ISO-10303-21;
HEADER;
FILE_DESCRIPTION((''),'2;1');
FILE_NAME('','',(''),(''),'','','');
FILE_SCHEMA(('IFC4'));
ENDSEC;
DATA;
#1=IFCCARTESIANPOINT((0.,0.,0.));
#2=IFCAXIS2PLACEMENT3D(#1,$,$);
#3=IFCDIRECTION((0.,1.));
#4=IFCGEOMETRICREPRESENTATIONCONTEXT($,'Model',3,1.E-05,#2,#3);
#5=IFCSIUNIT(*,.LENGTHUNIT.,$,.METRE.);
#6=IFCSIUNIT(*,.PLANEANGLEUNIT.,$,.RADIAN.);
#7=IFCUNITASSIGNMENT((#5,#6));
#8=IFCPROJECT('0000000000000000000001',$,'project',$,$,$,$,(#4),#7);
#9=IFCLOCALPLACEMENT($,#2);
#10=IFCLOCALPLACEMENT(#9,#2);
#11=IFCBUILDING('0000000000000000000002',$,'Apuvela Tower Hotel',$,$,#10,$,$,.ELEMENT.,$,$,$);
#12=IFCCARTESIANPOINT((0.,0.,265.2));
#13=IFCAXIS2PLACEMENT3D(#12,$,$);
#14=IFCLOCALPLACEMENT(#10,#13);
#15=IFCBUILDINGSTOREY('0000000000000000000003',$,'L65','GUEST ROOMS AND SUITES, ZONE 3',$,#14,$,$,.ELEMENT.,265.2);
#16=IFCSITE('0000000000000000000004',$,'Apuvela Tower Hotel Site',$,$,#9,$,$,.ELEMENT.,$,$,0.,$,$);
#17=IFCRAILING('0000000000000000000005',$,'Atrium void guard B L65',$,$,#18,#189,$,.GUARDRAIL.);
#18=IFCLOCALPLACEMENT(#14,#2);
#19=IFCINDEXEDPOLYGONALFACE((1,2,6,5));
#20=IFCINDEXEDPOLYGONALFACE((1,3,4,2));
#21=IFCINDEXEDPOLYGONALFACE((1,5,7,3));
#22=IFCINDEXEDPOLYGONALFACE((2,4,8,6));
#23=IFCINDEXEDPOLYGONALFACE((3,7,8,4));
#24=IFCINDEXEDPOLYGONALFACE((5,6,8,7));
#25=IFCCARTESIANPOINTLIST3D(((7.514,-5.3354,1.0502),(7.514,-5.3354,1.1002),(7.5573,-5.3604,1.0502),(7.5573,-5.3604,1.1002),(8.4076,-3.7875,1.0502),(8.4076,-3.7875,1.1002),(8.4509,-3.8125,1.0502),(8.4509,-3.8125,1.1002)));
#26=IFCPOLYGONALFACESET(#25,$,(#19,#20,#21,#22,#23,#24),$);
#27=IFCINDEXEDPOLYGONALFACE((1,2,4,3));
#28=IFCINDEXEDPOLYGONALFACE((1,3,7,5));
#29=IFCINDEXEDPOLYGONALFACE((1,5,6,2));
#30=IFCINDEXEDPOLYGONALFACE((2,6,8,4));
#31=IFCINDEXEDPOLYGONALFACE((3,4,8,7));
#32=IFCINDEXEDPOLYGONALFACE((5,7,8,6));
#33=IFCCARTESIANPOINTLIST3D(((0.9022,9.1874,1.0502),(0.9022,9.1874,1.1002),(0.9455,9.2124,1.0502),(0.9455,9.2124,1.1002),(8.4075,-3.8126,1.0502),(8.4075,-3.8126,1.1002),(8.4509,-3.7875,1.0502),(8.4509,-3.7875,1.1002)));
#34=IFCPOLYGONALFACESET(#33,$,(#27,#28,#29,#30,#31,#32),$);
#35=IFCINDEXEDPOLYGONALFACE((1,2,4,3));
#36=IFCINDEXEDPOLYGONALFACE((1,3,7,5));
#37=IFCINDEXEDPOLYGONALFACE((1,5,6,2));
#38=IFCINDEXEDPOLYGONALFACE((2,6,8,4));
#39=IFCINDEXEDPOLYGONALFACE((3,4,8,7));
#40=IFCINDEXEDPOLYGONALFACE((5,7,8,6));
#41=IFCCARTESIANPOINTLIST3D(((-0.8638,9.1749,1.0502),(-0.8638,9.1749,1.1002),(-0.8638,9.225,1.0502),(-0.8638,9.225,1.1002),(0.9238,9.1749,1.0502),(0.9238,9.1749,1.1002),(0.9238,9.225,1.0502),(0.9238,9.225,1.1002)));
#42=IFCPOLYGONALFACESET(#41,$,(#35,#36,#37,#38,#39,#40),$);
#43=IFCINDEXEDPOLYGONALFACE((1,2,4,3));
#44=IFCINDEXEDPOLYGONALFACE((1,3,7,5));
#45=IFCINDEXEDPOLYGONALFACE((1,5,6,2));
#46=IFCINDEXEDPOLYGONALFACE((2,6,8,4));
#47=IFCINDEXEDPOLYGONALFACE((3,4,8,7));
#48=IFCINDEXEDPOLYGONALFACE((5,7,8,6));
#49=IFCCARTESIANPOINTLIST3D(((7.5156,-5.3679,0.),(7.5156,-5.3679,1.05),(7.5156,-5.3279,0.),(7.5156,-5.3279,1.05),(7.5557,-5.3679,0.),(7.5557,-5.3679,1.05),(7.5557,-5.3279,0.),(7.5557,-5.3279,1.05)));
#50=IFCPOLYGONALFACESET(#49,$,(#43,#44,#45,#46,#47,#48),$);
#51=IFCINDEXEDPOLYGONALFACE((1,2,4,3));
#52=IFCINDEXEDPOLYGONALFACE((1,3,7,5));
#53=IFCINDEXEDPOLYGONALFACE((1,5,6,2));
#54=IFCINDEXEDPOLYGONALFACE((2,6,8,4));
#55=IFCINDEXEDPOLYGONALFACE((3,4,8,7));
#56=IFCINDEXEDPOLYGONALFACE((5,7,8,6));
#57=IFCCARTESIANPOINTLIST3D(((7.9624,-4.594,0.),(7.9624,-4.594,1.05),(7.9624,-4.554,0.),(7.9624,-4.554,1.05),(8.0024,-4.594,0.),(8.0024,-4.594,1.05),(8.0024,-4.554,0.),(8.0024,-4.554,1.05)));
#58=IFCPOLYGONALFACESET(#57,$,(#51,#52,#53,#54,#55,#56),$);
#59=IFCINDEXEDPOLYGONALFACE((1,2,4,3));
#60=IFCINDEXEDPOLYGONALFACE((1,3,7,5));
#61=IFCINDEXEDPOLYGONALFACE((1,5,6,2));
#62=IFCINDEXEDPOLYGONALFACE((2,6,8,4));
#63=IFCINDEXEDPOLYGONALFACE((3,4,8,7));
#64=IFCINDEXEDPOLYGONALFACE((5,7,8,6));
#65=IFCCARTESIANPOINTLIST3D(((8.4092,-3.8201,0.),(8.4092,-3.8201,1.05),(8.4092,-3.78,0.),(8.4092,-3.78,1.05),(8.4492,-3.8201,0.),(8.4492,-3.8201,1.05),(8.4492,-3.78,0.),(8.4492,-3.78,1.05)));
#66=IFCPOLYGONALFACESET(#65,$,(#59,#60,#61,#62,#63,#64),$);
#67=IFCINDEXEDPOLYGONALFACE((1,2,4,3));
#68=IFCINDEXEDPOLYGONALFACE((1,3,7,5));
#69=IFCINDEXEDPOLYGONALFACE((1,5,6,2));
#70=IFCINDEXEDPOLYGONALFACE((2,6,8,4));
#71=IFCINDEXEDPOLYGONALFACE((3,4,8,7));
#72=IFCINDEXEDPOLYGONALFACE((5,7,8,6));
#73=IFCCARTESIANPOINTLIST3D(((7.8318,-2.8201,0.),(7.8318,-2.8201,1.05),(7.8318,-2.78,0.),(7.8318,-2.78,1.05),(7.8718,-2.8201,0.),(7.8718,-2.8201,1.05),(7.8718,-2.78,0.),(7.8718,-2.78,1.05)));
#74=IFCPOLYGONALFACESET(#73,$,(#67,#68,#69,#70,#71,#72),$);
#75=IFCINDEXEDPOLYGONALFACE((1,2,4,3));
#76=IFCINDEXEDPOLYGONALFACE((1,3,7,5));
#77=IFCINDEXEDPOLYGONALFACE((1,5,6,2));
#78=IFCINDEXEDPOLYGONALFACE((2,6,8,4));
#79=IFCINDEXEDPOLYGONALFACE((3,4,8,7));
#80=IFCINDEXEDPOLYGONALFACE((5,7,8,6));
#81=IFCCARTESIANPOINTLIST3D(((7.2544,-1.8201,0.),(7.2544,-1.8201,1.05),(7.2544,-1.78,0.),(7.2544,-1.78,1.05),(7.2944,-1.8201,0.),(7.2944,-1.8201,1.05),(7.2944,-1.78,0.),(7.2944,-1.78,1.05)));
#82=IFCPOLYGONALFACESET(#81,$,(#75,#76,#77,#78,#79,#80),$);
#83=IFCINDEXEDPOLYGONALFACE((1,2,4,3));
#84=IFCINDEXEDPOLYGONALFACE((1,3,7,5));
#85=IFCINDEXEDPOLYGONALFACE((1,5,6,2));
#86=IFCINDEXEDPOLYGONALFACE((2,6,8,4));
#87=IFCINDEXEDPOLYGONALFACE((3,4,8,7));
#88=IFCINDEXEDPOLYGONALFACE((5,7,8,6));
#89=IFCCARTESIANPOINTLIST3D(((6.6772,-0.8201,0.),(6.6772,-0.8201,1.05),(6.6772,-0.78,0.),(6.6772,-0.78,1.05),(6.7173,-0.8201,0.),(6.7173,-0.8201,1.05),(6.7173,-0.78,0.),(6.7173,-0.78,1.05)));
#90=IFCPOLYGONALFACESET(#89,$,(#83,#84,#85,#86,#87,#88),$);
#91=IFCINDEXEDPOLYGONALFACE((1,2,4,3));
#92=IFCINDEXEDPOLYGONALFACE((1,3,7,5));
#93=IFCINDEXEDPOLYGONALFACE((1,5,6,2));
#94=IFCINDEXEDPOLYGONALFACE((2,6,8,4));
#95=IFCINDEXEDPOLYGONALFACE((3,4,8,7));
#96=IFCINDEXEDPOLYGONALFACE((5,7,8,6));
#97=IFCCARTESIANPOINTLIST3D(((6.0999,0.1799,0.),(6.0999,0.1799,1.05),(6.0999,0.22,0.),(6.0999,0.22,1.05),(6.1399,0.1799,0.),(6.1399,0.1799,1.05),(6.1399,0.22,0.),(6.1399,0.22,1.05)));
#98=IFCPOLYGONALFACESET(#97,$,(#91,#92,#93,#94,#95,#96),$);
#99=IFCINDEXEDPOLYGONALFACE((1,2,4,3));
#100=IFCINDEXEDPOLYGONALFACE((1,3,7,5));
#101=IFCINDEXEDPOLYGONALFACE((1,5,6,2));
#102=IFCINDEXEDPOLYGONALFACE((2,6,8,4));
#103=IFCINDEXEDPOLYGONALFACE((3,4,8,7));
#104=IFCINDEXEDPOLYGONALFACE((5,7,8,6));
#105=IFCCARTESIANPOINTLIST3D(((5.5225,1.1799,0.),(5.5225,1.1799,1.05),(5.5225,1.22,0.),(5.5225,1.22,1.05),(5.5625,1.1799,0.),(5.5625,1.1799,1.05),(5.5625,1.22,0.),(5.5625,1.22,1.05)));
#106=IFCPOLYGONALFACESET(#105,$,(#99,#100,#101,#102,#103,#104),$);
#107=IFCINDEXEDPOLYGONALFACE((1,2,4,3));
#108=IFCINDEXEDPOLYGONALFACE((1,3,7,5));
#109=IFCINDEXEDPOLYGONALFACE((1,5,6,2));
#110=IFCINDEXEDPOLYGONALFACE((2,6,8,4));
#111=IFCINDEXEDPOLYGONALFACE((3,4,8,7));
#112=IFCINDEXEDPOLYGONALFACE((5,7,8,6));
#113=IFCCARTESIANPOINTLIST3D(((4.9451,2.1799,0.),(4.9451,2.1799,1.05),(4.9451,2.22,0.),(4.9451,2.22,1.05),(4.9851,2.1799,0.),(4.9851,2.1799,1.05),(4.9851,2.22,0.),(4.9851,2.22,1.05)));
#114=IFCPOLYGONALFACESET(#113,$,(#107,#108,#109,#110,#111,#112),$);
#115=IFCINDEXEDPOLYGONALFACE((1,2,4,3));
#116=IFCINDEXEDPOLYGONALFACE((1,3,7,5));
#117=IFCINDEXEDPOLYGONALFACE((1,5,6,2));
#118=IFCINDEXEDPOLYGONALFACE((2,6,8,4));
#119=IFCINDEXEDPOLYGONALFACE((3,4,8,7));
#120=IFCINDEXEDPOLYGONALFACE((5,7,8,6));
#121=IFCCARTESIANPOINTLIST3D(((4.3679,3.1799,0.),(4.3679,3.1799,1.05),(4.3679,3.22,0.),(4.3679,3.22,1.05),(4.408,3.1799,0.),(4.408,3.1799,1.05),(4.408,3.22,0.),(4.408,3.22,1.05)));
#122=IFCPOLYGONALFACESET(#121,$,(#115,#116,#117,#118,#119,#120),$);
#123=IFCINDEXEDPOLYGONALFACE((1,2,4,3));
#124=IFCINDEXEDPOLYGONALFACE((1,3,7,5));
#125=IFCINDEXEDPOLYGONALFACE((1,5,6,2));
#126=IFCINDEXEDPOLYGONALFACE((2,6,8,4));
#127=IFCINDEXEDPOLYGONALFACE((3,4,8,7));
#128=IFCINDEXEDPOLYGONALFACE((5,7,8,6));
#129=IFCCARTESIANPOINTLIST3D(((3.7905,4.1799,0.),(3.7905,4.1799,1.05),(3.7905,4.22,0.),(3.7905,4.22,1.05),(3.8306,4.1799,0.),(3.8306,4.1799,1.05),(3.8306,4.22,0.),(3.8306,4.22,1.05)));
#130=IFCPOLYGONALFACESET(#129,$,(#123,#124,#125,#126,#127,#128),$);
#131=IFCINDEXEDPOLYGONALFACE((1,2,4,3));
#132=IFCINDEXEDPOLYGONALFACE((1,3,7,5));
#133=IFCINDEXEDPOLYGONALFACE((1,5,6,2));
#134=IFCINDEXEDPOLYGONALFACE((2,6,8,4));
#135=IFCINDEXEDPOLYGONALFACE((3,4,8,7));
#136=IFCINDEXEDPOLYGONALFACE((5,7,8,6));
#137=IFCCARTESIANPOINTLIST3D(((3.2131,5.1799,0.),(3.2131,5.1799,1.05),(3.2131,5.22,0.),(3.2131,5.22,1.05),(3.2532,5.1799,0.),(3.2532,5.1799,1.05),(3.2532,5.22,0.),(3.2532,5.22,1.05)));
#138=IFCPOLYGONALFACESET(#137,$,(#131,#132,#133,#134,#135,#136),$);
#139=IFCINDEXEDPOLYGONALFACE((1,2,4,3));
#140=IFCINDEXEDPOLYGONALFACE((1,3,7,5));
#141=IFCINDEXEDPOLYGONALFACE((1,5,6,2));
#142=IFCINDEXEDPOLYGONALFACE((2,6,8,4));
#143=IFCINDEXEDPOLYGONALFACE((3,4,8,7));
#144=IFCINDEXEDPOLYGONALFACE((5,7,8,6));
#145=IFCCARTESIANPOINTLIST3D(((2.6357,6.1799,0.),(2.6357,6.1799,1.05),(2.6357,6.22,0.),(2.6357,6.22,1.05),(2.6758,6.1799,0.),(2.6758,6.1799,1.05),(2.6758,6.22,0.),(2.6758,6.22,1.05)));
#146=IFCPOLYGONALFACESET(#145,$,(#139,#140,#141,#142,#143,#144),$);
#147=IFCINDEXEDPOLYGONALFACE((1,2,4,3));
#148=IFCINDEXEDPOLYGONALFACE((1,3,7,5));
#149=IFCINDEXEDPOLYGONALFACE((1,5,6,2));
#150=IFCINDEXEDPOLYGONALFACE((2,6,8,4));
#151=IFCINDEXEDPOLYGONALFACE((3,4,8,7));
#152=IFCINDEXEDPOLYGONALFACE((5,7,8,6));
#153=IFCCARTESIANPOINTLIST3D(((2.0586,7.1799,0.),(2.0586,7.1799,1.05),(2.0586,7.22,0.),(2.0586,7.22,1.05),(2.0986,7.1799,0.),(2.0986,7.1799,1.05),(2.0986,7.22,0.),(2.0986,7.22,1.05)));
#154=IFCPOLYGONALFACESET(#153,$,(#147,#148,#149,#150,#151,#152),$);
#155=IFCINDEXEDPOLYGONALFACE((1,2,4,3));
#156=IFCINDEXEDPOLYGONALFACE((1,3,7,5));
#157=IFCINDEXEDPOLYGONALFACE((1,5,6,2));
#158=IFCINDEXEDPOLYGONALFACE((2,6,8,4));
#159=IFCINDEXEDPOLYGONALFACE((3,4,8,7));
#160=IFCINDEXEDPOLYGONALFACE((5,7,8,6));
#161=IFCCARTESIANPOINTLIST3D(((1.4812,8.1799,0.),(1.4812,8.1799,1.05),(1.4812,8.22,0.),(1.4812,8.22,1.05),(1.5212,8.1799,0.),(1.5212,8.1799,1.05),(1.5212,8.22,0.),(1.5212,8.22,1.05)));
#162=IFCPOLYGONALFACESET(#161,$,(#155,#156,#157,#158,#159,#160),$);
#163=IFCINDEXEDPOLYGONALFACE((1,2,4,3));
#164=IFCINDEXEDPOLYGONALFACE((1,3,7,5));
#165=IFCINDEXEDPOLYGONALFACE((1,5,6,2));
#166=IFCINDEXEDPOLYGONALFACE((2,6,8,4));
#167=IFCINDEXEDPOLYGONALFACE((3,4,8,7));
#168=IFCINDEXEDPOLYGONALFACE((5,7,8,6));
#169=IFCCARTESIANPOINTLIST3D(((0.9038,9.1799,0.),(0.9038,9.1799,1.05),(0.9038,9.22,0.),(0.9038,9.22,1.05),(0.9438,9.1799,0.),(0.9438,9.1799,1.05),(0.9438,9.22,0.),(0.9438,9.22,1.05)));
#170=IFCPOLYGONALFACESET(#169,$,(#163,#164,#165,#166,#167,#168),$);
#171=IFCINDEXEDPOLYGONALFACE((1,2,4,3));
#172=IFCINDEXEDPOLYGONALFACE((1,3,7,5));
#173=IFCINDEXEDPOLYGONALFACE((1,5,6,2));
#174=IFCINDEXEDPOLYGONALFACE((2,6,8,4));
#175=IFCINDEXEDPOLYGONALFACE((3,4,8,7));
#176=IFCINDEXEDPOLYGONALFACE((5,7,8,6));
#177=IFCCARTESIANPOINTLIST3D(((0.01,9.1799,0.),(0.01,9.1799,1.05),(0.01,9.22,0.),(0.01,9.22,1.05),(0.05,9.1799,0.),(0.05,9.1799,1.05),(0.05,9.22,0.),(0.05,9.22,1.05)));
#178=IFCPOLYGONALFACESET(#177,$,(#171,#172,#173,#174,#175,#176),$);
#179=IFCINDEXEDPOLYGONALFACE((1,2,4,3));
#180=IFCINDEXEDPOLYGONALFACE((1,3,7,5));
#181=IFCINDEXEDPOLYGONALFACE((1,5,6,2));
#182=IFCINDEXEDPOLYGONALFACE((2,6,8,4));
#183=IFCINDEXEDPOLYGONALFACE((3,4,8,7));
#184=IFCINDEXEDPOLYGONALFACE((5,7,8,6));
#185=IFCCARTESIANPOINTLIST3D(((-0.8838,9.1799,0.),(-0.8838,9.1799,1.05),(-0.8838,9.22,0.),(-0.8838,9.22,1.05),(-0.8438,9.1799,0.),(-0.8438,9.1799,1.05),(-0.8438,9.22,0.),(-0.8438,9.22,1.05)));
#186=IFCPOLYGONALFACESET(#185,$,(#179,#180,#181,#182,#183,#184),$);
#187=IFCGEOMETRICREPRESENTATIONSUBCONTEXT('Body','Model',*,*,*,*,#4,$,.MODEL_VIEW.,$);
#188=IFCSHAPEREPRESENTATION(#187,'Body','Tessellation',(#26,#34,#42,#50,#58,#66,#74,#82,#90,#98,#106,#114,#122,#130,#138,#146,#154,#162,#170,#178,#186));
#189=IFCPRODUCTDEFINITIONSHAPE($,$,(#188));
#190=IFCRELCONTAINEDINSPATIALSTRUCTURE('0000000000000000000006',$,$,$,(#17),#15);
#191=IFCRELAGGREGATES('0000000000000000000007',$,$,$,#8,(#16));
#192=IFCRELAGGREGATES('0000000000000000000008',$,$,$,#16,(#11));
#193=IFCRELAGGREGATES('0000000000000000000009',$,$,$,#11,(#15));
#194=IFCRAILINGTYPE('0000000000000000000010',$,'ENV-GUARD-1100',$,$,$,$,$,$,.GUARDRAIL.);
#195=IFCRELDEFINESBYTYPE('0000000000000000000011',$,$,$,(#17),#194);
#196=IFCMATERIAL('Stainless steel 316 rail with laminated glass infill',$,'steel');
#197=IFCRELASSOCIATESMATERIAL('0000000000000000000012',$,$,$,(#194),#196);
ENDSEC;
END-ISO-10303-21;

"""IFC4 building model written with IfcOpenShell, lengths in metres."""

from ifc_helpers import new_model, si_unit, direction, frame, origin, origin_2d, place, context, subcontext, project, spatial, rectangle, extrude, material, type_object, element, save


model = new_model("IFC4")

# Units and contexts
model_context = context("Model", 3, precision=1e-05, world=origin(), true_north=direction((0.0, 1.0)))
body_context = subcontext(model_context, "Body", "Model", "MODEL_VIEW")
ifc_project = project(units=[si_unit("LENGTHUNIT", "METRE"), si_unit("PLANEANGLEUNIT", "RADIAN")], contexts=[model_context])

# Site, building, storey
site_placement = place(None, origin())
site = spatial("IfcSite", under=ifc_project, at=site_placement, Name="Apuvela Tower Hotel Site", CompositionType="ELEMENT", RefElevation=0.0)
building_placement = place(site_placement, origin())
building = spatial("IfcBuilding", under=site, at=building_placement, Name="Apuvela Tower Hotel", CompositionType="ELEMENT")
storey_placement = place(building_placement, frame((0.0, 0.0, 265.2)))
storey = spatial("IfcBuildingStorey", under=building, at=storey_placement, Name="L65", Description="GUEST ROOMS AND SUITES, ZONE 3", CompositionType="ELEMENT", Elevation=265.2)

# Railing
ifc_material_1 = material(Name="Stainless steel 316 rail with laminated glass infill", Category="steel")
railing_type_1 = type_object("IfcRailingType", Name="ENV-GUARD-1100", PredefinedType="GUARDRAIL", material=ifc_material_1)
railing_1_placement = place(storey_placement, frame((7.5356, -5.3479, 0.0)))
element("IfcRailing", 1, at=railing_1_placement, inside=storey, type_object=railing_type_1, Name="Atrium void guard B L65", PredefinedType="GUARDRAIL", context=body_context, shape_type="SweptSolid", body=[
    extrude(rectangle(XDim=0.05, YDim=0.05, at=origin_2d()), frame((0.0, 0.0, 1.0752), z_axis=(0.499959, 0.866049, 0.0), x_axis=(-0.866049, 0.499959, 0.0)), (0.0, 0.0, 1.0), 1.7874),
    extrude(rectangle(XDim=0.05, YDim=0.05, at=origin_2d()), frame((0.8936, 1.5479, 1.0752), z_axis=(-0.499991, 0.866031, 0.0), x_axis=(-0.866031, -0.499991, 0.0)), (0.0, 0.0, 1.0), 15.011),
    extrude(rectangle(XDim=0.05, YDim=0.05, at=origin_2d()), frame((-6.6118, 14.5479, 1.0752), z_axis=(-1.0, 0.0, 0.0), x_axis=(0.0, -1.0, 0.0)), (0.0, 0.0, 1.0), 1.7876),
    extrude(rectangle(XDim=0.04, YDim=0.04, at=origin_2d()), origin(), (0.0, 0.0, 1.0), 1.05),
    extrude(rectangle(XDim=0.04, YDim=0.04, at=origin_2d()), frame((0.4468, 0.7739, 0.0)), (0.0, 0.0, 1.0), 1.05),
    extrude(rectangle(XDim=0.04, YDim=0.04, at=origin_2d()), frame((0.8936, 1.5479, 0.0)), (0.0, 0.0, 1.0), 1.05),
    extrude(rectangle(XDim=0.04, YDim=0.04, at=origin_2d()), frame((0.3162, 2.5479, 0.0)), (0.0, 0.0, 1.0), 1.05),
    extrude(rectangle(XDim=0.04, YDim=0.04, at=origin_2d()), frame((-0.2612, 3.5479, 0.0)), (0.0, 0.0, 1.0), 1.05),
    extrude(rectangle(XDim=0.04, YDim=0.04, at=origin_2d()), frame((-0.8384, 4.5479, 0.0)), (0.0, 0.0, 1.0), 1.05),
    extrude(rectangle(XDim=0.04, YDim=0.04, at=origin_2d()), frame((-1.4158, 5.5479, 0.0)), (0.0, 0.0, 1.0), 1.05),
    extrude(rectangle(XDim=0.04, YDim=0.04, at=origin_2d()), frame((-1.9932, 6.5479, 0.0)), (0.0, 0.0, 1.0), 1.05),
    extrude(rectangle(XDim=0.04, YDim=0.04, at=origin_2d()), frame((-2.5706, 7.5479, 0.0)), (0.0, 0.0, 1.0), 1.05),
    extrude(rectangle(XDim=0.04, YDim=0.04, at=origin_2d()), frame((-3.1477, 8.5479, 0.0)), (0.0, 0.0, 1.0), 1.05),
    extrude(rectangle(XDim=0.04, YDim=0.04, at=origin_2d()), frame((-3.7251, 9.5479, 0.0)), (0.0, 0.0, 1.0), 1.05),
    extrude(rectangle(XDim=0.04, YDim=0.04, at=origin_2d()), frame((-4.3025, 10.5479, 0.0)), (0.0, 0.0, 1.0), 1.05),
    extrude(rectangle(XDim=0.04, YDim=0.04, at=origin_2d()), frame((-4.8799, 11.5479, 0.0)), (0.0, 0.0, 1.0), 1.05),
    extrude(rectangle(XDim=0.04, YDim=0.04, at=origin_2d()), frame((-5.457, 12.5479, 0.0)), (0.0, 0.0, 1.0), 1.05),
    extrude(rectangle(XDim=0.04, YDim=0.04, at=origin_2d()), frame((-6.0344, 13.5479, 0.0)), (0.0, 0.0, 1.0), 1.05),
    extrude(rectangle(XDim=0.04, YDim=0.04, at=origin_2d()), frame((-6.6118, 14.5479, 0.0)), (0.0, 0.0, 1.0), 1.05),
    extrude(rectangle(XDim=0.04, YDim=0.04, at=origin_2d()), frame((-7.5056, 14.5479, 0.0)), (0.0, 0.0, 1.0), 1.05),
    extrude(rectangle(XDim=0.04, YDim=0.04, at=origin_2d()), frame((-8.3994, 14.5479, 0.0)), (0.0, 0.0, 1.0), 1.05),
])

save(model, "model.ifc")
